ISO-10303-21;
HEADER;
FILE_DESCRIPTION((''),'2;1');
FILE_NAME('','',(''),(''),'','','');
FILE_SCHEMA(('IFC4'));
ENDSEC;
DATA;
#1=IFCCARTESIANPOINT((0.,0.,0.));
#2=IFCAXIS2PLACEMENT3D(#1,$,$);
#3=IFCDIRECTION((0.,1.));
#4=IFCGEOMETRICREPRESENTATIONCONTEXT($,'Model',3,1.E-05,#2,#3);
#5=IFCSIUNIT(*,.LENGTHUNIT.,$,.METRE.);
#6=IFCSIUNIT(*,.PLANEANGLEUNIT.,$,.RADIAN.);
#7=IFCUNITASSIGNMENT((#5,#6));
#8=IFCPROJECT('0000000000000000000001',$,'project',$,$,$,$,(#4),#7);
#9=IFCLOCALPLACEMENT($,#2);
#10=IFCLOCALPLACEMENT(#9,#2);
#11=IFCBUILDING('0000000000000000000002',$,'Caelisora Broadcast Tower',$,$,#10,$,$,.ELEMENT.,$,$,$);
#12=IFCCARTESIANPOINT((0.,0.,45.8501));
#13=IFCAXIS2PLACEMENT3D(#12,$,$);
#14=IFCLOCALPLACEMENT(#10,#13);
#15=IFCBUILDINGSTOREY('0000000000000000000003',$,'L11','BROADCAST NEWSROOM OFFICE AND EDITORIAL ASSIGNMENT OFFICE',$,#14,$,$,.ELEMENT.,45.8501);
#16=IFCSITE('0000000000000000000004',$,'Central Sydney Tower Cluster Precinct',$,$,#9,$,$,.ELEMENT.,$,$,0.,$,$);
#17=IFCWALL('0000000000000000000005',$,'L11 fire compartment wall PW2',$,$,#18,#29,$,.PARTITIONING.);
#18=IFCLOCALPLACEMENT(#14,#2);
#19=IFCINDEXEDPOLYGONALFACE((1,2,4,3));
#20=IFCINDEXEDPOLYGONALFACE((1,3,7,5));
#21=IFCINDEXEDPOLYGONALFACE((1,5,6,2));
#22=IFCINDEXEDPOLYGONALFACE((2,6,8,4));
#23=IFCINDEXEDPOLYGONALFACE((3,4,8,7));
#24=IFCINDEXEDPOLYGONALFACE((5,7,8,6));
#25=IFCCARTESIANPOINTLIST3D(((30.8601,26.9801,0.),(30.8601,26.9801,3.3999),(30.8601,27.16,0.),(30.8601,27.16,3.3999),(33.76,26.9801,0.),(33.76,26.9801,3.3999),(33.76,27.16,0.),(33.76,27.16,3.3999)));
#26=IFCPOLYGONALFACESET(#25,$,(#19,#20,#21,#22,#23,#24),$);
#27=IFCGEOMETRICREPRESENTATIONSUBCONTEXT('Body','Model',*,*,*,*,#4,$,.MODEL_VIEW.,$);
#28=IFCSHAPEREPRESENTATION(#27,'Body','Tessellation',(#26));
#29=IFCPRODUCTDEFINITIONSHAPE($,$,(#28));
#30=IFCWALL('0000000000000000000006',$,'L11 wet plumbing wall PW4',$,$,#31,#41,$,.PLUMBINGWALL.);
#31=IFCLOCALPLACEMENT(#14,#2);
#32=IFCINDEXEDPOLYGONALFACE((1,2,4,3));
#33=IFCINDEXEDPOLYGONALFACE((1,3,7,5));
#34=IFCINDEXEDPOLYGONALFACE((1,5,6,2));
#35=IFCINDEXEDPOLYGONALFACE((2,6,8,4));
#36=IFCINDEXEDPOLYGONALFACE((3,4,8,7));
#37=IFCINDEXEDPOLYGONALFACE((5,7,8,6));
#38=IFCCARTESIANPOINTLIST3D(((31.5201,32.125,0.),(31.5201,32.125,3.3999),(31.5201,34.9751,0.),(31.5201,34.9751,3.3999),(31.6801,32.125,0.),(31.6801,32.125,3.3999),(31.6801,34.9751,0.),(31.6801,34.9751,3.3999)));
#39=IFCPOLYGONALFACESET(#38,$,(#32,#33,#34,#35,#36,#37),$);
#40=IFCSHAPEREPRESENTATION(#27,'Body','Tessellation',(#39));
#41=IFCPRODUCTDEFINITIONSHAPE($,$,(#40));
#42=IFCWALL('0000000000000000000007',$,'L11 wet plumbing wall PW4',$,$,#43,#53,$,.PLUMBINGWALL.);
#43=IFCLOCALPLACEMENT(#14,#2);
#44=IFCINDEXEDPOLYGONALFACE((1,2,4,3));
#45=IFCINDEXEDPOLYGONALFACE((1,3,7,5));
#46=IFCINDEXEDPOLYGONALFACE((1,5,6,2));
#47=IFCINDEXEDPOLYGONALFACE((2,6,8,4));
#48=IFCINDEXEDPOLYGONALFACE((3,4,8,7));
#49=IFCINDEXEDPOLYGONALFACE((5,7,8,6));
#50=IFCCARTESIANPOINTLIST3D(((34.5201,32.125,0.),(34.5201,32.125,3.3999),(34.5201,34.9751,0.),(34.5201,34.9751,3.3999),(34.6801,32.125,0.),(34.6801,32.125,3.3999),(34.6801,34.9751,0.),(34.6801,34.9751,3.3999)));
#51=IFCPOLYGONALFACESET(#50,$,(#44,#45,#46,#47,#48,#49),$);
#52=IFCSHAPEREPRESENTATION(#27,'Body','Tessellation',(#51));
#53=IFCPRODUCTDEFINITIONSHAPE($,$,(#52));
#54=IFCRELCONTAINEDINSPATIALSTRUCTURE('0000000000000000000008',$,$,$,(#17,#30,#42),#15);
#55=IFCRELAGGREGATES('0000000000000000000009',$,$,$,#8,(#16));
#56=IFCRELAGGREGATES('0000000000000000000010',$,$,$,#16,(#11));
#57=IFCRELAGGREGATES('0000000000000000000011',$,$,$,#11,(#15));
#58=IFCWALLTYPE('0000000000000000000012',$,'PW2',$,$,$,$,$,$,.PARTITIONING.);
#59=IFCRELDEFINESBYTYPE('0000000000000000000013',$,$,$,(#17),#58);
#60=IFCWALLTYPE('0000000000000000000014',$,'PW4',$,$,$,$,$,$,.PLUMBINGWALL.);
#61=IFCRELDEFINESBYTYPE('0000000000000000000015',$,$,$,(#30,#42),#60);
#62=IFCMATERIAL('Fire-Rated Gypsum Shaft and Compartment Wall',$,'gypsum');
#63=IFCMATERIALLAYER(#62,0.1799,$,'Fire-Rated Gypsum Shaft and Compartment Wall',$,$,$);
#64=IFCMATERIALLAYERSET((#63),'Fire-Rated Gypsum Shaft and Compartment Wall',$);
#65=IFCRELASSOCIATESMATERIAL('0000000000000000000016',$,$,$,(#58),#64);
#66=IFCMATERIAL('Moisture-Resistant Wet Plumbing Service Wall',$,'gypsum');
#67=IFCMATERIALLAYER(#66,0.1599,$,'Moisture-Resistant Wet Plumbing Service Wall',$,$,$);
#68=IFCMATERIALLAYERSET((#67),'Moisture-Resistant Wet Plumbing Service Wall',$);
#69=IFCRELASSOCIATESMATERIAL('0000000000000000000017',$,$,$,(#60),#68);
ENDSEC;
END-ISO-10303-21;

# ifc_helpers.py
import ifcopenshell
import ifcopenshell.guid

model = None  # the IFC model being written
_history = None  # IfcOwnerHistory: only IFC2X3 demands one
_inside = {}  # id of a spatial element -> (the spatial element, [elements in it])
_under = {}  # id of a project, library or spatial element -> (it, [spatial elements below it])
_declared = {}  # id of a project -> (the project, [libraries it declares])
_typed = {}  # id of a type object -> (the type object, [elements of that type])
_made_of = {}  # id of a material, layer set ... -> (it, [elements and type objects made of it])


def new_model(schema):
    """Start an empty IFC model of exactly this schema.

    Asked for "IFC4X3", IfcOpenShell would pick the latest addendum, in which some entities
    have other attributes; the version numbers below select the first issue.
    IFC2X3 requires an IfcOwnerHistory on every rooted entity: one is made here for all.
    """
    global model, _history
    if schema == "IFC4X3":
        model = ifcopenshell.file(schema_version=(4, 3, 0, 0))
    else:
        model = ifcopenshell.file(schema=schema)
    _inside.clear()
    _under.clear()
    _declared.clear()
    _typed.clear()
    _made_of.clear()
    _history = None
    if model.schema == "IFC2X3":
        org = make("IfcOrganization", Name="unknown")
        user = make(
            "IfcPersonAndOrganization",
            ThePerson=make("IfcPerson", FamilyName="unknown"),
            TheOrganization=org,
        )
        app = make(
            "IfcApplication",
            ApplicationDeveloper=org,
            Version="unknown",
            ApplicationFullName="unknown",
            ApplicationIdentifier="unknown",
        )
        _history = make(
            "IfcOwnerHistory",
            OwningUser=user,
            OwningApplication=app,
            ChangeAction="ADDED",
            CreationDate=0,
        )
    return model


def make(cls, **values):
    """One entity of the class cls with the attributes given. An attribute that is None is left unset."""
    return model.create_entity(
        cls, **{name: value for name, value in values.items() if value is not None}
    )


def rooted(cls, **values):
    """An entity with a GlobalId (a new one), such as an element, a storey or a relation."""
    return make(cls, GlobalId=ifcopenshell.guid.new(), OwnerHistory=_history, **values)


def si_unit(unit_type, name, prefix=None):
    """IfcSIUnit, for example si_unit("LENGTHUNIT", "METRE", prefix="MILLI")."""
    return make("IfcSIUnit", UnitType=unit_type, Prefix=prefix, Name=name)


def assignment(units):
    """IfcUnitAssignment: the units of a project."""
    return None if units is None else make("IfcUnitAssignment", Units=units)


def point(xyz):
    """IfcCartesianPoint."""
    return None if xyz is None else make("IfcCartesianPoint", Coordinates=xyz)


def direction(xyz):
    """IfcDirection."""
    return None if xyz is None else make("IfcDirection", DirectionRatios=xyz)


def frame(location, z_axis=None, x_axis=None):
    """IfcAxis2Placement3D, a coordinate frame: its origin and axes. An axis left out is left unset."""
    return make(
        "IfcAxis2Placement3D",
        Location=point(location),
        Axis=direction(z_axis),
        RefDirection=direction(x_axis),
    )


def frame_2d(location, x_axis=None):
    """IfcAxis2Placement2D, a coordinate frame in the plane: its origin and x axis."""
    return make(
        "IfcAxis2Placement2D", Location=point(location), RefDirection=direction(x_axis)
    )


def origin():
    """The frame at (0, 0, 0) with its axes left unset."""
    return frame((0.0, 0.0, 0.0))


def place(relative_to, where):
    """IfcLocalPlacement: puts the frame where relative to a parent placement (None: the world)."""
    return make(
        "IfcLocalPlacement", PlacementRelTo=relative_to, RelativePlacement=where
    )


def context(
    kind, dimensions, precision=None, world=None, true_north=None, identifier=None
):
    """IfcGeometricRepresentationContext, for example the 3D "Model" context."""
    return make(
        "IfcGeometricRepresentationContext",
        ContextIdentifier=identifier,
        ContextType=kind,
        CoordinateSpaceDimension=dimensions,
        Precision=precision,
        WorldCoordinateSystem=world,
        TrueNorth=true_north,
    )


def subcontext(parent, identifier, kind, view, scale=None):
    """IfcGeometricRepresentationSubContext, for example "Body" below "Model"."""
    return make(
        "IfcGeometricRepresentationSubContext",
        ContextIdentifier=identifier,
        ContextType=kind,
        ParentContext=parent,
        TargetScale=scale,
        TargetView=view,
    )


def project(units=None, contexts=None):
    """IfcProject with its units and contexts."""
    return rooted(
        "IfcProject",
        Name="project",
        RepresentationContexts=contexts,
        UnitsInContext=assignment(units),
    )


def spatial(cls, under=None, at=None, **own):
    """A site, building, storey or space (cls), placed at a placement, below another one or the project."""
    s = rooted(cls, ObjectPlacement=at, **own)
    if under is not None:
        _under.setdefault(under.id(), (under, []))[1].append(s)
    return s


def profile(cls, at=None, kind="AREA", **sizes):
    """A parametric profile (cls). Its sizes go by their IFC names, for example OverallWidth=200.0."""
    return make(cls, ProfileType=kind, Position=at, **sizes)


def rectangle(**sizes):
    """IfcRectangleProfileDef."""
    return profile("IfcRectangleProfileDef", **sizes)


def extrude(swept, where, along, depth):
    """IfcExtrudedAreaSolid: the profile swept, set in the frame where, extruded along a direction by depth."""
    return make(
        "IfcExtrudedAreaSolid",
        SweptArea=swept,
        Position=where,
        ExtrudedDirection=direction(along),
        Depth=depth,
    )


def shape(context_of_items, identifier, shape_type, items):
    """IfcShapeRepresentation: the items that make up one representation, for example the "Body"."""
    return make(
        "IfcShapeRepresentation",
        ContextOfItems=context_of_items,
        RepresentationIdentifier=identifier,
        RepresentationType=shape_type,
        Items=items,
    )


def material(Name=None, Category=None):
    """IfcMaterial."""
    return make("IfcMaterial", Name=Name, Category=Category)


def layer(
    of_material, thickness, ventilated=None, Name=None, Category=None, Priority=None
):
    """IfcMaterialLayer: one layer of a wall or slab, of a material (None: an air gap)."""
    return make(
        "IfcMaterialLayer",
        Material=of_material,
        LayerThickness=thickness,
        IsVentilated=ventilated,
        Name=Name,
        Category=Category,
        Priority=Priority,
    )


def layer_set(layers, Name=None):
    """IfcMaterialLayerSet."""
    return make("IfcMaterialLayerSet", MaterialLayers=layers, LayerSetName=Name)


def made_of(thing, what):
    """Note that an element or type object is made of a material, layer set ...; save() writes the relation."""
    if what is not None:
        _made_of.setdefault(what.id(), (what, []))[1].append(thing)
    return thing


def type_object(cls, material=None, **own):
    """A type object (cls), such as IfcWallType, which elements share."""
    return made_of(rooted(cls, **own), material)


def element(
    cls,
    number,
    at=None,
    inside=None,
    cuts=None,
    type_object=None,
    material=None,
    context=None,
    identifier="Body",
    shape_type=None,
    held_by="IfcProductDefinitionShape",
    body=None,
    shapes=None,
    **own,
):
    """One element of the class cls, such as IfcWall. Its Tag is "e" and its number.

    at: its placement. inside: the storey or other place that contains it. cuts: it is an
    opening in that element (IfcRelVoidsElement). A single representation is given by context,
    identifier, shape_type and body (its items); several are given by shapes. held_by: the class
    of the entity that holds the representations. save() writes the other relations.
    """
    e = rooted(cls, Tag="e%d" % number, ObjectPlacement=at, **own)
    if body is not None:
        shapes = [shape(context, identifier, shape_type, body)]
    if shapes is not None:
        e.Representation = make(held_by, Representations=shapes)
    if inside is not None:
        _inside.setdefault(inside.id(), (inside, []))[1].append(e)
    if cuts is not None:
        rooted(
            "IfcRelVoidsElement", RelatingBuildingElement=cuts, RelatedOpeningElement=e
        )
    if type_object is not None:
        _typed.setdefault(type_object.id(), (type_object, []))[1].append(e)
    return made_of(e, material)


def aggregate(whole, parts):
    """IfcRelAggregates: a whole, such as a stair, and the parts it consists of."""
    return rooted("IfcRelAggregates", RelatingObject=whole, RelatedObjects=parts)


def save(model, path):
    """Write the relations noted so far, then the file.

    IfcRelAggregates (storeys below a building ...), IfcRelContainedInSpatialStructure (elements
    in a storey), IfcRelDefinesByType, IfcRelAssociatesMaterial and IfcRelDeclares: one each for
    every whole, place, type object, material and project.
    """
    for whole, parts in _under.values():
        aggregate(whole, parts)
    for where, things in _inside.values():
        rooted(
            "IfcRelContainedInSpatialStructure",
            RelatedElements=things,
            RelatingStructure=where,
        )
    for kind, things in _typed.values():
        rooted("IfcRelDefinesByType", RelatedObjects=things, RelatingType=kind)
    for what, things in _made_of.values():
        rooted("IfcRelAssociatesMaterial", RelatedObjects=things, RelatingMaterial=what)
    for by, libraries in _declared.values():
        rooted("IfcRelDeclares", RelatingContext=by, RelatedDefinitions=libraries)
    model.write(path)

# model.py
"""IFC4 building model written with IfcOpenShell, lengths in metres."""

from ifc_helpers import new_model, si_unit, direction, frame, frame_2d, origin, place, context, subcontext, project, spatial, rectangle, extrude, material, layer, layer_set, type_object, element, save


model = new_model("IFC4")

# Units and contexts
model_context = context("Model", 3, precision=1e-05, world=origin(), true_north=direction((0.0, 1.0)))
body_context = subcontext(model_context, "Body", "Model", "MODEL_VIEW")
ifc_project = project(units=[si_unit("LENGTHUNIT", "METRE"), si_unit("PLANEANGLEUNIT", "RADIAN")], contexts=[model_context])

# Site, building, storey
site_placement = place(None, origin())
site = spatial("IfcSite", under=ifc_project, at=site_placement, Name="Central Sydney Tower Cluster Precinct", CompositionType="ELEMENT", RefElevation=0.0)
building_placement = place(site_placement, origin())
building = spatial("IfcBuilding", under=site, at=building_placement, Name="Caelisora Broadcast Tower", CompositionType="ELEMENT")
storey_placement = place(building_placement, frame((0.0, 0.0, 45.8501)))
storey = spatial("IfcBuildingStorey", under=building, at=storey_placement, Name="L11", Description="BROADCAST NEWSROOM OFFICE AND EDITORIAL ASSIGNMENT OFFICE", CompositionType="ELEMENT", Elevation=45.8501)

# Shared definitions
ifc_material_1 = material(Name="Fire-Rated Gypsum Shaft and Compartment Wall", Category="gypsum")
ifc_layer_1 = layer(ifc_material_1, 0.1799, Name="Fire-Rated Gypsum Shaft and Compartment Wall")
ifc_layer_set_1 = layer_set([ifc_layer_1], Name="Fire-Rated Gypsum Shaft and Compartment Wall")
wall_type_1 = type_object("IfcWallType", Name="PW2", PredefinedType="PARTITIONING", material=ifc_layer_set_1)

# Walls
wall_1_placement = place(storey_placement, frame((30.8601, 27.0701, 0.0), z_axis=(0.0, 0.0, 1.0), x_axis=(1.0, 0.0, 0.0)))
element("IfcWall", 1, at=wall_1_placement, inside=storey, type_object=wall_type_1, Name="L11 fire compartment wall PW2", PredefinedType="PARTITIONING", context=body_context, shape_type="SweptSolid", body=[
    extrude(rectangle(XDim=2.8999, YDim=0.1799, at=frame_2d((1.45, 0.0))), origin(), (0.0, 0.0, 1.0), 3.3999),
])
ifc_material_2 = material(Name="Moisture-Resistant Wet Plumbing Service Wall", Category="gypsum")
ifc_layer_2 = layer(ifc_material_2, 0.1599, Name="Moisture-Resistant Wet Plumbing Service Wall")
ifc_layer_set_2 = layer_set([ifc_layer_2], Name="Moisture-Resistant Wet Plumbing Service Wall")
wall_type_2 = type_object("IfcWallType", Name="PW4", PredefinedType="PLUMBINGWALL", material=ifc_layer_set_2)
for number, where, z_axis, x_axis, name in (
    (2, (31.6001, 32.125, 0.0), (0.0, 0.0, 1.0), (0.0, 1.0, 0.0), "L11 wet plumbing wall PW4"),
    (3, (34.6001, 32.125, 0.0), (0.0, 0.0, 1.0), (0.0, 1.0, 0.0), "L11 wet plumbing wall PW4"),
):
    element("IfcWall", number, at=place(storey_placement, frame(where, z_axis=z_axis, x_axis=x_axis)), inside=storey, type_object=wall_type_2, Name=name, PredefinedType="PLUMBINGWALL", context=body_context, shape_type="SweptSolid", body=[
        extrude(rectangle(XDim=2.8501, YDim=0.1599, at=frame_2d((1.425, 0.0))), origin(), (0.0, 0.0, 1.0), 3.3999),
    ])

save(model, "model.ifc")
